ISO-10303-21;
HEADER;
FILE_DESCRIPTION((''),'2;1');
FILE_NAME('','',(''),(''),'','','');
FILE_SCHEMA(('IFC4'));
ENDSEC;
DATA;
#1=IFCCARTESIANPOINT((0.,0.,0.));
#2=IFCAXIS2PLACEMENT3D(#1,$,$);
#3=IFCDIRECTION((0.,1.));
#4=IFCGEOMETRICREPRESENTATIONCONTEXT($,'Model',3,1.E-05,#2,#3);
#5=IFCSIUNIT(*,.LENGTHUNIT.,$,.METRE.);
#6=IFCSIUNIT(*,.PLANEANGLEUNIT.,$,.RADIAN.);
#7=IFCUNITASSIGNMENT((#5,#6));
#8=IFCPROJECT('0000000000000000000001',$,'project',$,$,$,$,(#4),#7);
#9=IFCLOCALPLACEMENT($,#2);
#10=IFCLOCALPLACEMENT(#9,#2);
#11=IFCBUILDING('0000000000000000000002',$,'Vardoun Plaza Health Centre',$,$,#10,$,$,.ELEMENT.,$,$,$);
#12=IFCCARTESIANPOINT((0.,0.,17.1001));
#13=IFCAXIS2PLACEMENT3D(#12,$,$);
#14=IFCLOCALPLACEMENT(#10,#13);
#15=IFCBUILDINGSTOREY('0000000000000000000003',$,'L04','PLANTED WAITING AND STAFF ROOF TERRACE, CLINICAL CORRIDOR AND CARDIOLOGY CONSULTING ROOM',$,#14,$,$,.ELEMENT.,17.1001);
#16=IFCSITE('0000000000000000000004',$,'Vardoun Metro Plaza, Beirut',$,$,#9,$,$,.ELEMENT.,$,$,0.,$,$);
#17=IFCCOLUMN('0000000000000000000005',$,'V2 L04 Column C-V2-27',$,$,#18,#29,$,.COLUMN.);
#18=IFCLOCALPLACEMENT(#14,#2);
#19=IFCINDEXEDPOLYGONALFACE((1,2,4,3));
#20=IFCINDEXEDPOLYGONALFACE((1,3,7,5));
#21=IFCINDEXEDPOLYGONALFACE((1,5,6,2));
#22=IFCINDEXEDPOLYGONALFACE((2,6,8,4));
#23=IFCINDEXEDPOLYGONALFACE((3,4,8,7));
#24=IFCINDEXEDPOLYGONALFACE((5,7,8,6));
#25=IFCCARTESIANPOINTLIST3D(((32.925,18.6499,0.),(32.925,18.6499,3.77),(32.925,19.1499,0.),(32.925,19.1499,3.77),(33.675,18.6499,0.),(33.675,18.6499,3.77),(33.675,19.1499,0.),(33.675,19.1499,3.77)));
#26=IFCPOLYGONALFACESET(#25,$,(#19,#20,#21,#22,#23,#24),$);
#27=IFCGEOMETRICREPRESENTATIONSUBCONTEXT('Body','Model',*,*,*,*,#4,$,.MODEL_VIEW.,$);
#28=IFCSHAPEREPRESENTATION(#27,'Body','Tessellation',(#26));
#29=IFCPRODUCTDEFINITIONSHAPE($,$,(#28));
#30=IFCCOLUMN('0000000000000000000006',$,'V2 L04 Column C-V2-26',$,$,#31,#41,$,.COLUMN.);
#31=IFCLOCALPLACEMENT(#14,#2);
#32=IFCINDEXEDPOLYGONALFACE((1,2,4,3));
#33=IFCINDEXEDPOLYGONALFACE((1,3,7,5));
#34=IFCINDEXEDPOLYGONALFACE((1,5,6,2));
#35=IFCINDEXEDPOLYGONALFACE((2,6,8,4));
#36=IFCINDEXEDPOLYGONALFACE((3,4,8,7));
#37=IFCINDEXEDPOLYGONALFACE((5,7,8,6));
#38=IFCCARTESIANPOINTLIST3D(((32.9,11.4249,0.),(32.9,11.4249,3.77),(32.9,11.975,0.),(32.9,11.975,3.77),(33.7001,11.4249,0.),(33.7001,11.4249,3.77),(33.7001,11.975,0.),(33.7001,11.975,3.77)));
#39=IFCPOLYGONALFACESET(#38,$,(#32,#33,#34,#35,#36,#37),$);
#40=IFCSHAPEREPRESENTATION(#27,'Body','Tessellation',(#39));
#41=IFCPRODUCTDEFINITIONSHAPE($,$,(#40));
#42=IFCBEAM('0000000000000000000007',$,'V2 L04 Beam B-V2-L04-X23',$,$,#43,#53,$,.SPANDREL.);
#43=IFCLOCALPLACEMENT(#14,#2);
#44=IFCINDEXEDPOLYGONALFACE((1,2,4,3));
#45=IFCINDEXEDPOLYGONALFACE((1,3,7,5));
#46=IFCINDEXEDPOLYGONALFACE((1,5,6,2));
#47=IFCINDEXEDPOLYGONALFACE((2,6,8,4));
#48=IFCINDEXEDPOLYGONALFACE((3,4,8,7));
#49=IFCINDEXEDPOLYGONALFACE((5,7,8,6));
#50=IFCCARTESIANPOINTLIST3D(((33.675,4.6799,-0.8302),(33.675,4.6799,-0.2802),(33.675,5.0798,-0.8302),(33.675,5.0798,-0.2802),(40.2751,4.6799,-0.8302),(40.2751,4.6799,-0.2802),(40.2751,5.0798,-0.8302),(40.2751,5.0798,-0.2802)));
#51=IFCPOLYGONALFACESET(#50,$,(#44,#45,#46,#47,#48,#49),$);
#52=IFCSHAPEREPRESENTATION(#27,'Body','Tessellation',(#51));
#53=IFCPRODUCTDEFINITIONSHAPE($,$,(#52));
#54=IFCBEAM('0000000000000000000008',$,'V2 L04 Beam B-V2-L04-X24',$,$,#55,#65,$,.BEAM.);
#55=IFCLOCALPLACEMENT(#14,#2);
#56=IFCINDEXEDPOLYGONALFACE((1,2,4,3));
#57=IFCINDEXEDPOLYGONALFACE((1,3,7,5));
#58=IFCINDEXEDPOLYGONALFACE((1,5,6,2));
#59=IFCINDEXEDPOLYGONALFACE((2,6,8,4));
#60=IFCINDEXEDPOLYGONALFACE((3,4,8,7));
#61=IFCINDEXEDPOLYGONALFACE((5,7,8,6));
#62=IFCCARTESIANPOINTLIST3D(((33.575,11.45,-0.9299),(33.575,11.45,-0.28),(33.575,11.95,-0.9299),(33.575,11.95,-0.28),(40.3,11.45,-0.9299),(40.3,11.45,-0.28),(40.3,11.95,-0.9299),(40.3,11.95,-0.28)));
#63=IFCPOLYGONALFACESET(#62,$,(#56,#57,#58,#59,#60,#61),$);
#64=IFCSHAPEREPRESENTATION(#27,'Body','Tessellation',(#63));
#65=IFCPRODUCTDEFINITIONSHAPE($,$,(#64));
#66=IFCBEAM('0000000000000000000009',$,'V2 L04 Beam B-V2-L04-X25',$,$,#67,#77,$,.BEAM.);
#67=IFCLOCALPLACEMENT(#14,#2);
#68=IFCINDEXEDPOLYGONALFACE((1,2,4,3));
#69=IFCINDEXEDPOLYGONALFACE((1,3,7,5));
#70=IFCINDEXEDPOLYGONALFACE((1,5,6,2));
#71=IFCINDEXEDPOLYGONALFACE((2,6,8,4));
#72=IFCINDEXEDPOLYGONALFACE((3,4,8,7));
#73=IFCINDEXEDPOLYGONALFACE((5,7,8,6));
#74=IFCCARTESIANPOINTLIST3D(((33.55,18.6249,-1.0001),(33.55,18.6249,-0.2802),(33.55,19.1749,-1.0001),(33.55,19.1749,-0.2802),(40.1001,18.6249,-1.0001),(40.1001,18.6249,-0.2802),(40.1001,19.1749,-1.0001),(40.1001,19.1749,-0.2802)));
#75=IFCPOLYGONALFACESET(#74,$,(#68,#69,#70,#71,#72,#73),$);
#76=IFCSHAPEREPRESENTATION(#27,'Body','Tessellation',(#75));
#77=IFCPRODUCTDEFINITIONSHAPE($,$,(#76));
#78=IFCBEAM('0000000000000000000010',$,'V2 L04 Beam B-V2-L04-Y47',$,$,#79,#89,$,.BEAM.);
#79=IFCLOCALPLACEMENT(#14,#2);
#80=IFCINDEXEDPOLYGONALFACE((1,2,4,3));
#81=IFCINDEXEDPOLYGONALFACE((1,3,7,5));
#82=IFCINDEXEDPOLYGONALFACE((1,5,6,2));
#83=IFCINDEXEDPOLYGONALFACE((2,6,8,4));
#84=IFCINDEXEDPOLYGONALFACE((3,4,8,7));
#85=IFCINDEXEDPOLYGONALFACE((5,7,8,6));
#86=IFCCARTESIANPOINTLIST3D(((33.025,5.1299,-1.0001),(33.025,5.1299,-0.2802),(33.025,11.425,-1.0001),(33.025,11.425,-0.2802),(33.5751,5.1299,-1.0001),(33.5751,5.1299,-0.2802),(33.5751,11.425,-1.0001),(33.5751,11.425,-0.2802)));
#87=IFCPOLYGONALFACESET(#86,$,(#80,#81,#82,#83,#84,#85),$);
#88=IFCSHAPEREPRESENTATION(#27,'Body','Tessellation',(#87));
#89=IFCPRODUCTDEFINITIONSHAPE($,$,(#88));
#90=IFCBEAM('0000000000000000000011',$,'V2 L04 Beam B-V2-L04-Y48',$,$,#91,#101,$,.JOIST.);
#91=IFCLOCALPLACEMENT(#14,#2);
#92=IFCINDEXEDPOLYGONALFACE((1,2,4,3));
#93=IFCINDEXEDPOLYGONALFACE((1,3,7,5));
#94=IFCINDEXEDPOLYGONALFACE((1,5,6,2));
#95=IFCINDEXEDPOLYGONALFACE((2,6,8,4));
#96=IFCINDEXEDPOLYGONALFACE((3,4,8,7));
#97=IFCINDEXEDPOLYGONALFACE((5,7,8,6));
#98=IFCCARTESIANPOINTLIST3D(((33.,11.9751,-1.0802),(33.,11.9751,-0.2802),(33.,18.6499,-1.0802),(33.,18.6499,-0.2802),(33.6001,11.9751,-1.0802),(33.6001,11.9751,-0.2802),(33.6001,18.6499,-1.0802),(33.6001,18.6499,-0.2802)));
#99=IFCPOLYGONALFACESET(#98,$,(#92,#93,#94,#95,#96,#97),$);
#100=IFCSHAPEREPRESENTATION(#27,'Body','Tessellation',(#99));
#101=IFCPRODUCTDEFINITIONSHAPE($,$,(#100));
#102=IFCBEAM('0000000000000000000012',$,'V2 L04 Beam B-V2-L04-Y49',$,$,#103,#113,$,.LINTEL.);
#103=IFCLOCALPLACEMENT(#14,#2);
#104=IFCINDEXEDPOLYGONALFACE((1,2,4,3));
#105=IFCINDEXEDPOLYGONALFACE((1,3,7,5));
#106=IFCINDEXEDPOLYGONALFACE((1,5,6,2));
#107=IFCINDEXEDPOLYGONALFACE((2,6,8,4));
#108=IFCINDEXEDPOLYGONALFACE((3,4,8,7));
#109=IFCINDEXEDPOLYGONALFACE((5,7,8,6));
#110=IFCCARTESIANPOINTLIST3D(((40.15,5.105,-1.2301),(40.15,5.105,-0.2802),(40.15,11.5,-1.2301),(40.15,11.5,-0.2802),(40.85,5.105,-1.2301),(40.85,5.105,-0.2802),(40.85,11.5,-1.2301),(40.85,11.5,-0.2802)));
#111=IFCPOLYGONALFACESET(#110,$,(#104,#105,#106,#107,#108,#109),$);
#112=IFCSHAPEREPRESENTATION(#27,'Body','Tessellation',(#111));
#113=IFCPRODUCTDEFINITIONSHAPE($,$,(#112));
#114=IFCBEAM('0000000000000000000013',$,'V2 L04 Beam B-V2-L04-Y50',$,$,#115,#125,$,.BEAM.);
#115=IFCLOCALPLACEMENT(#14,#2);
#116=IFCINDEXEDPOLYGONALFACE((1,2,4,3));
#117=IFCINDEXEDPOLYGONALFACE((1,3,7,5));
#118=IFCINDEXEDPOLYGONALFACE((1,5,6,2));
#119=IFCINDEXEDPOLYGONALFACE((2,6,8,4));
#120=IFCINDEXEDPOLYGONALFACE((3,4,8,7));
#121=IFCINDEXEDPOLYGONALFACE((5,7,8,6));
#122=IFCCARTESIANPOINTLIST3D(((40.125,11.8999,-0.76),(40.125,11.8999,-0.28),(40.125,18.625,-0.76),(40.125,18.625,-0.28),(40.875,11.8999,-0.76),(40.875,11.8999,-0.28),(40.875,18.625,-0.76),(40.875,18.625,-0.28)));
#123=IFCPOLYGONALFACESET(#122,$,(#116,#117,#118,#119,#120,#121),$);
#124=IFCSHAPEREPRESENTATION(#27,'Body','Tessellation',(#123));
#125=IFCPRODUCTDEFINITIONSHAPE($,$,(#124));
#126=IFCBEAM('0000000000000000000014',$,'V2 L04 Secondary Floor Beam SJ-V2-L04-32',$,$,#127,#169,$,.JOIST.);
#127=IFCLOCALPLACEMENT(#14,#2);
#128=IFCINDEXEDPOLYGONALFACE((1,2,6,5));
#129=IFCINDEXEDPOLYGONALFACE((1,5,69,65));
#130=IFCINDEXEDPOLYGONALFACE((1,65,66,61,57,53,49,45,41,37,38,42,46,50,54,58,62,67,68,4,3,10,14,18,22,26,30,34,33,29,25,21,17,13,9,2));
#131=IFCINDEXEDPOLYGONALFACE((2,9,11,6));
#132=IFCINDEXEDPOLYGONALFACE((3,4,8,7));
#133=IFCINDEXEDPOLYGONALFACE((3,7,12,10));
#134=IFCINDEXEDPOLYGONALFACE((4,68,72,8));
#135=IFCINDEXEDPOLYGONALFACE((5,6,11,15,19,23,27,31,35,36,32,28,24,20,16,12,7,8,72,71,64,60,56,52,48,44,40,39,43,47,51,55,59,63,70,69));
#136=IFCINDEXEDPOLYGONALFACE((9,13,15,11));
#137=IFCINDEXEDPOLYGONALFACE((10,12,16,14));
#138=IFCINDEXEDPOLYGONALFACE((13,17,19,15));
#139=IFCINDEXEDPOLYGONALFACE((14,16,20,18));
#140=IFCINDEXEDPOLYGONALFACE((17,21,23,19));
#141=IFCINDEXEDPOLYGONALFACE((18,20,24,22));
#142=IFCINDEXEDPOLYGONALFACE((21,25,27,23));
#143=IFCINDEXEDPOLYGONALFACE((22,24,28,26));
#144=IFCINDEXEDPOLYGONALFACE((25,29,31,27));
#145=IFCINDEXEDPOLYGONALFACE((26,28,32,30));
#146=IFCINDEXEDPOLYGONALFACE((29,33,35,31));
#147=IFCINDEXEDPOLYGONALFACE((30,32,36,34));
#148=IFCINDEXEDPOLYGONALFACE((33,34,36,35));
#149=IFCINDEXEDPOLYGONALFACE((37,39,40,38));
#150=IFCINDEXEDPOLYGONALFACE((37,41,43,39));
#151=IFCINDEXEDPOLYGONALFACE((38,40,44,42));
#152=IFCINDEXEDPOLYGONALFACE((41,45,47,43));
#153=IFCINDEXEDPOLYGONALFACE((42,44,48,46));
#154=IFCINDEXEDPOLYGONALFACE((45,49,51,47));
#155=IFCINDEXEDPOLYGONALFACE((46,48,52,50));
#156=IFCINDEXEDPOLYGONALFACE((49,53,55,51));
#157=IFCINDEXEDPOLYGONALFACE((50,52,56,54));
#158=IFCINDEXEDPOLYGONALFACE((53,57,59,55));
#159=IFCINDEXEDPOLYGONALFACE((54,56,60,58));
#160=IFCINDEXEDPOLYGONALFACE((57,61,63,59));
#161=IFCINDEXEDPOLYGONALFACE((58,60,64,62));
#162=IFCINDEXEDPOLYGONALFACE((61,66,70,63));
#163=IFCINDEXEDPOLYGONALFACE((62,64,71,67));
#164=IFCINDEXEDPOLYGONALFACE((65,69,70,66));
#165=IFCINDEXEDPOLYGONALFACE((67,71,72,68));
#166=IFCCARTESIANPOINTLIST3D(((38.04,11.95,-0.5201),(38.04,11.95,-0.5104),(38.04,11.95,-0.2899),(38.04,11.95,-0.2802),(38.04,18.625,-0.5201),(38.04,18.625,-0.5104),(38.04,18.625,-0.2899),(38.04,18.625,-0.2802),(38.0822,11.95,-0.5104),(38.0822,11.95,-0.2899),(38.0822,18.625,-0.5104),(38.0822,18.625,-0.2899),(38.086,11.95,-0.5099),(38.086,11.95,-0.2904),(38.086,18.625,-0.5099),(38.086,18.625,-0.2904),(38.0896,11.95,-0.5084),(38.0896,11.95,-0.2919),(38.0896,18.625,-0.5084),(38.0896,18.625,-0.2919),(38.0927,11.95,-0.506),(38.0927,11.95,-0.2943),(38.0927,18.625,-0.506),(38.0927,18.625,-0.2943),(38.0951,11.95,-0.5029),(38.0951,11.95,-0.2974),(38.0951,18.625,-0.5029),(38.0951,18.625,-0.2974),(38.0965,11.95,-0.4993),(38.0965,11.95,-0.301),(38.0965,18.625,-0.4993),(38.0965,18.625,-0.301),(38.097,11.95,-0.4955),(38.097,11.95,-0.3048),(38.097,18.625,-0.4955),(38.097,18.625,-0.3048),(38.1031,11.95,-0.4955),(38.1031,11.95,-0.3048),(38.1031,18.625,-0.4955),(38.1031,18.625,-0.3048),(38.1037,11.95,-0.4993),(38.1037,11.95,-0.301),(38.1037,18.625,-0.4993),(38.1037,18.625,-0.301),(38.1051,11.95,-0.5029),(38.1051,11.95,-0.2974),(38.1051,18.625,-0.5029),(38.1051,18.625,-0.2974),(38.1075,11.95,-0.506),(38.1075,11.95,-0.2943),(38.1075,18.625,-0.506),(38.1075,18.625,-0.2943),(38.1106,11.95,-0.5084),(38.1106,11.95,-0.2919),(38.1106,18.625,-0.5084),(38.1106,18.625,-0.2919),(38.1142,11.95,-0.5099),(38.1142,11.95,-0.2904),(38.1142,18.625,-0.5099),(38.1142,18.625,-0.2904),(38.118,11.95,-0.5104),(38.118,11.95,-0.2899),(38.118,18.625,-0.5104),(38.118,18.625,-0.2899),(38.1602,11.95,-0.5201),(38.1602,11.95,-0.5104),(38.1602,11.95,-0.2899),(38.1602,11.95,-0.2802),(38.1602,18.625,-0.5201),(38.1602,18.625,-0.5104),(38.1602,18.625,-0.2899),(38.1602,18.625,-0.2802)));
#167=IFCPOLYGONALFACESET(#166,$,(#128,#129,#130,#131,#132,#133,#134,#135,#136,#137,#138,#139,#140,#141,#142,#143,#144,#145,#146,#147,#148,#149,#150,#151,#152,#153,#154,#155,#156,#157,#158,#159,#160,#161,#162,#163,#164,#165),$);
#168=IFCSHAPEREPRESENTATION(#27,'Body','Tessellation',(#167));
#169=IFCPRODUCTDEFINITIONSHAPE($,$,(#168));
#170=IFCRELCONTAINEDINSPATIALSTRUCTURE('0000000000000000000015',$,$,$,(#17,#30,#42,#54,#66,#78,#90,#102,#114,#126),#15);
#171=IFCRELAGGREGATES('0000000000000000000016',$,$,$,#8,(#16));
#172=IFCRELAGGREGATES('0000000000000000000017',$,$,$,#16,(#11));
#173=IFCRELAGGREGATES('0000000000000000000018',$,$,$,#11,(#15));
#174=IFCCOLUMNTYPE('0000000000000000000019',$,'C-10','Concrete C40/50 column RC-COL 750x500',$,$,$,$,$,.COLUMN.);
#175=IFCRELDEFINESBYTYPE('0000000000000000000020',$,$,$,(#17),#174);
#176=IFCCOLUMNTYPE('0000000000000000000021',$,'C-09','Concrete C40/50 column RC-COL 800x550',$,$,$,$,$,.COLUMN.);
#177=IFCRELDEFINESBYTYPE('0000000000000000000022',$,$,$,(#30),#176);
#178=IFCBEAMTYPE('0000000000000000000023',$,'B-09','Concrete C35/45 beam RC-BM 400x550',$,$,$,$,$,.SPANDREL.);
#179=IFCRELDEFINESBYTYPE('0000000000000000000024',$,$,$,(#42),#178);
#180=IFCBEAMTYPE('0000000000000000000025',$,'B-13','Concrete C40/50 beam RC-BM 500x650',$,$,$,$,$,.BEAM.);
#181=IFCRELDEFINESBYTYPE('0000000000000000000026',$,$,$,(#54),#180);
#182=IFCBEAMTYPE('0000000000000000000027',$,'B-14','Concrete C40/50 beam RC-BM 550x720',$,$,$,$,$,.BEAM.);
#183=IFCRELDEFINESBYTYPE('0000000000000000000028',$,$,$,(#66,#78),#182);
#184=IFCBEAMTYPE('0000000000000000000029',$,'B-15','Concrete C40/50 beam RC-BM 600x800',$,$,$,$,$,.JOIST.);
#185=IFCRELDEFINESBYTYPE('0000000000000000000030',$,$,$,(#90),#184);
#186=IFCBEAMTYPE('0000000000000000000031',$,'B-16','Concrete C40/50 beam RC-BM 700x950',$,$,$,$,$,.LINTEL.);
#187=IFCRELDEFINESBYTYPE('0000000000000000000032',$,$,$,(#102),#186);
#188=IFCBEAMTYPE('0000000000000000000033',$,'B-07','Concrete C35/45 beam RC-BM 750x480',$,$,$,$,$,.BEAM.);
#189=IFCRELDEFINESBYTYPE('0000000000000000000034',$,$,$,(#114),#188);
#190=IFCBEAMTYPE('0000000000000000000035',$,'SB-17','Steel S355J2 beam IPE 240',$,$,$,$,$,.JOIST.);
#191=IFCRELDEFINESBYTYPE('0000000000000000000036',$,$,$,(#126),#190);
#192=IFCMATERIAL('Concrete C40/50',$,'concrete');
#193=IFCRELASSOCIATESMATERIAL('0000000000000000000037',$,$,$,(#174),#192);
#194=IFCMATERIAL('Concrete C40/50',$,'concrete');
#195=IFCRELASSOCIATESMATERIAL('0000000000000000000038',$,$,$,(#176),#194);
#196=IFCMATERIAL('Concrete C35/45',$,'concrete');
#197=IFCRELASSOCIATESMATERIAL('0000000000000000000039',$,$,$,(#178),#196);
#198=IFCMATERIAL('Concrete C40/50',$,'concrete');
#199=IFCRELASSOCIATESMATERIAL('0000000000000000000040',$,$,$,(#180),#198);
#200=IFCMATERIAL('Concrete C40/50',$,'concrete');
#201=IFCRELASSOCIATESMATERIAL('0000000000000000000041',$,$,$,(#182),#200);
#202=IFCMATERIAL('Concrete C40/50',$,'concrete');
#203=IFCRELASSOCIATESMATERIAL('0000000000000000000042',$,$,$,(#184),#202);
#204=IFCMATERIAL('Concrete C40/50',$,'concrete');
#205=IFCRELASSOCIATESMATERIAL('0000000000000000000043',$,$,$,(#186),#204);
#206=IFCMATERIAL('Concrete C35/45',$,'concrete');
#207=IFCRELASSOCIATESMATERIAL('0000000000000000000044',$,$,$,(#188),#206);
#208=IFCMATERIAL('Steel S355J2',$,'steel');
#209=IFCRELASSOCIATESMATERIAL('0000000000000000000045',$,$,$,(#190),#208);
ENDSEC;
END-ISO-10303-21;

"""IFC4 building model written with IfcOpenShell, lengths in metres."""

from ifc_helpers import new_model, si_unit, direction, frame, origin, origin_2d, place, context, subcontext, project, spatial, rectangle, i_section, extrude, material, material_profile, profile_set, type_object, element, save


model = new_model("IFC4")

# Units and contexts
model_context = context("Model", 3, precision=1e-05, world=origin(), true_north=direction((0.0, 1.0)))
body_context = subcontext(model_context, "Body", "Model", "MODEL_VIEW")
ifc_project = project(units=[si_unit("LENGTHUNIT", "METRE"), si_unit("PLANEANGLEUNIT", "RADIAN")], contexts=[model_context])

# Site, building, storey
site_placement = place(None, origin())
site = spatial("IfcSite", under=ifc_project, at=site_placement, Name="Vardoun Metro Plaza, Beirut", CompositionType="ELEMENT", RefElevation=0.0)
building_placement = place(site_placement, origin())
building = spatial("IfcBuilding", under=site, at=building_placement, Name="Vardoun Plaza Health Centre", CompositionType="ELEMENT")
storey_placement = place(building_placement, frame((0.0, 0.0, 17.1001)))
storey = spatial("IfcBuildingStorey", under=building, at=storey_placement, Name="L04", Description="PLANTED WAITING AND STAFF ROOF TERRACE, CLINICAL CORRIDOR AND CARDIOLOGY CONSULTING ROOM", CompositionType="ELEMENT", Elevation=17.1001)

# Columns
ifc_material_1 = material(Name="Concrete C40/50", Category="concrete")
ifc_material_profile_1 = material_profile(ifc_material_1, rectangle(XDim=0.75, YDim=0.5, at=origin_2d()), Name="RC-COL 750x500")
ifc_profile_set_1 = profile_set([ifc_material_profile_1], Name="Concrete C40/50")
column_type_1 = type_object("IfcColumnType", Name="C-10", Description="Concrete C40/50 column RC-COL 750x500", PredefinedType="COLUMN", material=ifc_profile_set_1)
column_1_placement = place(storey_placement, frame((33.3, 18.8999, 0.0), z_axis=(0.0, 0.0, 1.0), x_axis=(1.0, 0.0, 0.0)))
element("IfcColumn", 1, at=column_1_placement, inside=storey, type_object=column_type_1, Name="V2 L04 Column C-V2-27", PredefinedType="COLUMN", context=body_context, shape_type="SweptSolid", body=[
    extrude(rectangle(XDim=0.75, YDim=0.5, at=origin_2d()), origin(), (0.0, 0.0, 1.0), 3.77),
])
ifc_material_2 = material(Name="Concrete C40/50", Category="concrete")
ifc_material_profile_2 = material_profile(ifc_material_2, rectangle(XDim=0.8, YDim=0.55, at=origin_2d()), Name="RC-COL 800x550")
ifc_profile_set_2 = profile_set([ifc_material_profile_2], Name="Concrete C40/50")
column_type_2 = type_object("IfcColumnType", Name="C-09", Description="Concrete C40/50 column RC-COL 800x550", PredefinedType="COLUMN", material=ifc_profile_set_2)
column_2_placement = place(storey_placement, frame((33.3, 11.7, 0.0), z_axis=(0.0, 0.0, 1.0), x_axis=(1.0, 0.0, 0.0)))
element("IfcColumn", 2, at=column_2_placement, inside=storey, type_object=column_type_2, Name="V2 L04 Column C-V2-26", PredefinedType="COLUMN", context=body_context, shape_type="SweptSolid", body=[
    extrude(rectangle(XDim=0.8, YDim=0.55, at=origin_2d()), origin(), (0.0, 0.0, 1.0), 3.77),
])

# Beams
ifc_material_3 = material(Name="Concrete C35/45", Category="concrete")
ifc_material_profile_3 = material_profile(ifc_material_3, rectangle(XDim=0.3999, YDim=0.55, at=origin_2d()), Name="RC-BM 400x550")
ifc_profile_set_3 = profile_set([ifc_material_profile_3], Name="Concrete C35/45")
beam_type_1 = type_object("IfcBeamType", Name="B-09", Description="Concrete C35/45 beam RC-BM 400x550", PredefinedType="SPANDREL", material=ifc_profile_set_3)
beam_1_placement = place(storey_placement, frame((33.675, 4.8799, -0.5552), z_axis=(1.0, 0.0, 0.0), x_axis=(0.0, 1.0, 0.0)))
element("IfcBeam", 3, at=beam_1_placement, inside=storey, type_object=beam_type_1, Name="V2 L04 Beam B-V2-L04-X23", PredefinedType="SPANDREL", context=body_context, shape_type="SweptSolid", body=[
    extrude(rectangle(XDim=0.3999, YDim=0.55, at=origin_2d()), origin(), (0.0, 0.0, 1.0), 6.6001),
])
ifc_material_4 = material(Name="Concrete C40/50", Category="concrete")
ifc_material_profile_4 = material_profile(ifc_material_4, rectangle(XDim=0.5, YDim=0.6499, at=origin_2d()), Name="RC-BM 500x650")
ifc_profile_set_4 = profile_set([ifc_material_profile_4], Name="Concrete C40/50")
beam_type_2 = type_object("IfcBeamType", Name="B-13", Description="Concrete C40/50 beam RC-BM 500x650", PredefinedType="BEAM", material=ifc_profile_set_4)
beam_2_placement = place(storey_placement, frame((33.575, 11.7, -0.605), z_axis=(1.0, 0.0, 0.0), x_axis=(0.0, 1.0, 0.0)))
element("IfcBeam", 4, at=beam_2_placement, inside=storey, type_object=beam_type_2, Name="V2 L04 Beam B-V2-L04-X24", PredefinedType="BEAM", context=body_context, shape_type="SweptSolid", body=[
    extrude(rectangle(XDim=0.5, YDim=0.6499, at=origin_2d()), origin(), (0.0, 0.0, 1.0), 6.7251),
])
ifc_material_5 = material(Name="Concrete C40/50", Category="concrete")
ifc_material_profile_5 = material_profile(ifc_material_5, rectangle(XDim=0.55, YDim=0.72, at=origin_2d()), Name="RC-BM 550x720")
ifc_profile_set_5 = profile_set([ifc_material_profile_5], Name="Concrete C40/50")
beam_type_3 = type_object("IfcBeamType", Name="B-14", Description="Concrete C40/50 beam RC-BM 550x720", PredefinedType="BEAM", material=ifc_profile_set_5)
beam_3_placement = place(storey_placement, frame((33.55, 18.8999, -0.6401), z_axis=(1.0, 0.0, 0.0), x_axis=(0.0, 1.0, 0.0)))
element("IfcBeam", 5, at=beam_3_placement, inside=storey, type_object=beam_type_3, Name="V2 L04 Beam B-V2-L04-X25", PredefinedType="BEAM", context=body_context, shape_type="SweptSolid", body=[
    extrude(rectangle(XDim=0.55, YDim=0.72, at=origin_2d()), origin(), (0.0, 0.0, 1.0), 6.55),
])
beam_4_placement = place(storey_placement, frame((33.3, 5.1299, -0.6401), z_axis=(0.0, 1.0, 0.0), x_axis=(-1.0, 0.0, 0.0)))
element("IfcBeam", 6, at=beam_4_placement, inside=storey, type_object=beam_type_3, Name="V2 L04 Beam B-V2-L04-Y47", PredefinedType="BEAM", context=body_context, shape_type="SweptSolid", body=[
    extrude(rectangle(XDim=0.55, YDim=0.72, at=origin_2d()), origin(), (0.0, 0.0, 1.0), 6.2952),
])
ifc_material_6 = material(Name="Concrete C40/50", Category="concrete")
ifc_material_profile_6 = material_profile(ifc_material_6, rectangle(XDim=0.6001, YDim=0.8, at=origin_2d()), Name="RC-BM 600x800")
ifc_profile_set_6 = profile_set([ifc_material_profile_6], Name="Concrete C40/50")
beam_type_4 = type_object("IfcBeamType", Name="B-15", Description="Concrete C40/50 beam RC-BM 600x800", PredefinedType="JOIST", material=ifc_profile_set_6)
beam_5_placement = place(storey_placement, frame((33.3, 11.9751, -0.6802), z_axis=(0.0, 1.0, 0.0), x_axis=(-1.0, 0.0, 0.0)))
element("IfcBeam", 7, at=beam_5_placement, inside=storey, type_object=beam_type_4, Name="V2 L04 Beam B-V2-L04-Y48", PredefinedType="JOIST", context=body_context, shape_type="SweptSolid", body=[
    extrude(rectangle(XDim=0.6001, YDim=0.8, at=origin_2d()), origin(), (0.0, 0.0, 1.0), 6.6748),
])
ifc_material_7 = material(Name="Concrete C40/50", Category="concrete")
ifc_material_profile_7 = material_profile(ifc_material_7, rectangle(XDim=0.7, YDim=0.95, at=origin_2d()), Name="RC-BM 700x950")
ifc_profile_set_7 = profile_set([ifc_material_profile_7], Name="Concrete C40/50")
beam_type_5 = type_object("IfcBeamType", Name="B-16", Description="Concrete C40/50 beam RC-BM 700x950", PredefinedType="LINTEL", material=ifc_profile_set_7)
beam_6_placement = place(storey_placement, frame((40.5, 5.105, -0.7551), z_axis=(0.0, 1.0, 0.0), x_axis=(-1.0, 0.0, 0.0)))
element("IfcBeam", 8, at=beam_6_placement, inside=storey, type_object=beam_type_5, Name="V2 L04 Beam B-V2-L04-Y49", PredefinedType="LINTEL", context=body_context, shape_type="SweptSolid", body=[
    extrude(rectangle(XDim=0.7, YDim=0.95, at=origin_2d()), origin(), (0.0, 0.0, 1.0), 6.395),
])
ifc_material_8 = material(Name="Concrete C35/45", Category="concrete")
ifc_material_profile_8 = material_profile(ifc_material_8, rectangle(XDim=0.75, YDim=0.48, at=origin_2d()), Name="RC-BM 750x480")
ifc_profile_set_8 = profile_set([ifc_material_profile_8], Name="Concrete C35/45")
beam_type_6 = type_object("IfcBeamType", Name="B-07", Description="Concrete C35/45 beam RC-BM 750x480", PredefinedType="BEAM", material=ifc_profile_set_8)
beam_7_placement = place(storey_placement, frame((40.5, 11.8999, -0.52), z_axis=(0.0, 1.0, 0.0), x_axis=(-1.0, 0.0, 0.0)))
element("IfcBeam", 9, at=beam_7_placement, inside=storey, type_object=beam_type_6, Name="V2 L04 Beam B-V2-L04-Y50", PredefinedType="BEAM", context=body_context, shape_type="SweptSolid", body=[
    extrude(rectangle(XDim=0.75, YDim=0.48, at=origin_2d()), origin(), (0.0, 0.0, 1.0), 6.7251),
])
ifc_material_9 = material(Name="Steel S355J2", Category="steel")
ifc_material_profile_9 = material_profile(ifc_material_9, i_section(OverallWidth=0.1201, OverallDepth=0.24, WebThickness=0.0061, FlangeThickness=0.0098, FilletRadius=0.0149, at=origin_2d()), Name="IPE 240")
ifc_profile_set_9 = profile_set([ifc_material_profile_9], Name="Steel S355J2")
beam_type_7 = type_object("IfcBeamType", Name="SB-17", Description="Steel S355J2 beam IPE 240", PredefinedType="JOIST", material=ifc_profile_set_9)
beam_8_placement = place(storey_placement, frame((38.1001, 11.95, -0.4001), z_axis=(0.0, 1.0, 0.0), x_axis=(-1.0, 0.0, 0.0)))
element("IfcBeam", 10, at=beam_8_placement, inside=storey, type_object=beam_type_7, Name="V2 L04 Secondary Floor Beam SJ-V2-L04-32", PredefinedType="JOIST", context=body_context, shape_type="SweptSolid", body=[
    extrude(i_section(OverallWidth=0.1201, OverallDepth=0.24, WebThickness=0.0061, FlangeThickness=0.0098, FilletRadius=0.0149, at=origin_2d()), origin(), (0.0, 0.0, 1.0), 6.675),
])

save(model, "model.ifc")
